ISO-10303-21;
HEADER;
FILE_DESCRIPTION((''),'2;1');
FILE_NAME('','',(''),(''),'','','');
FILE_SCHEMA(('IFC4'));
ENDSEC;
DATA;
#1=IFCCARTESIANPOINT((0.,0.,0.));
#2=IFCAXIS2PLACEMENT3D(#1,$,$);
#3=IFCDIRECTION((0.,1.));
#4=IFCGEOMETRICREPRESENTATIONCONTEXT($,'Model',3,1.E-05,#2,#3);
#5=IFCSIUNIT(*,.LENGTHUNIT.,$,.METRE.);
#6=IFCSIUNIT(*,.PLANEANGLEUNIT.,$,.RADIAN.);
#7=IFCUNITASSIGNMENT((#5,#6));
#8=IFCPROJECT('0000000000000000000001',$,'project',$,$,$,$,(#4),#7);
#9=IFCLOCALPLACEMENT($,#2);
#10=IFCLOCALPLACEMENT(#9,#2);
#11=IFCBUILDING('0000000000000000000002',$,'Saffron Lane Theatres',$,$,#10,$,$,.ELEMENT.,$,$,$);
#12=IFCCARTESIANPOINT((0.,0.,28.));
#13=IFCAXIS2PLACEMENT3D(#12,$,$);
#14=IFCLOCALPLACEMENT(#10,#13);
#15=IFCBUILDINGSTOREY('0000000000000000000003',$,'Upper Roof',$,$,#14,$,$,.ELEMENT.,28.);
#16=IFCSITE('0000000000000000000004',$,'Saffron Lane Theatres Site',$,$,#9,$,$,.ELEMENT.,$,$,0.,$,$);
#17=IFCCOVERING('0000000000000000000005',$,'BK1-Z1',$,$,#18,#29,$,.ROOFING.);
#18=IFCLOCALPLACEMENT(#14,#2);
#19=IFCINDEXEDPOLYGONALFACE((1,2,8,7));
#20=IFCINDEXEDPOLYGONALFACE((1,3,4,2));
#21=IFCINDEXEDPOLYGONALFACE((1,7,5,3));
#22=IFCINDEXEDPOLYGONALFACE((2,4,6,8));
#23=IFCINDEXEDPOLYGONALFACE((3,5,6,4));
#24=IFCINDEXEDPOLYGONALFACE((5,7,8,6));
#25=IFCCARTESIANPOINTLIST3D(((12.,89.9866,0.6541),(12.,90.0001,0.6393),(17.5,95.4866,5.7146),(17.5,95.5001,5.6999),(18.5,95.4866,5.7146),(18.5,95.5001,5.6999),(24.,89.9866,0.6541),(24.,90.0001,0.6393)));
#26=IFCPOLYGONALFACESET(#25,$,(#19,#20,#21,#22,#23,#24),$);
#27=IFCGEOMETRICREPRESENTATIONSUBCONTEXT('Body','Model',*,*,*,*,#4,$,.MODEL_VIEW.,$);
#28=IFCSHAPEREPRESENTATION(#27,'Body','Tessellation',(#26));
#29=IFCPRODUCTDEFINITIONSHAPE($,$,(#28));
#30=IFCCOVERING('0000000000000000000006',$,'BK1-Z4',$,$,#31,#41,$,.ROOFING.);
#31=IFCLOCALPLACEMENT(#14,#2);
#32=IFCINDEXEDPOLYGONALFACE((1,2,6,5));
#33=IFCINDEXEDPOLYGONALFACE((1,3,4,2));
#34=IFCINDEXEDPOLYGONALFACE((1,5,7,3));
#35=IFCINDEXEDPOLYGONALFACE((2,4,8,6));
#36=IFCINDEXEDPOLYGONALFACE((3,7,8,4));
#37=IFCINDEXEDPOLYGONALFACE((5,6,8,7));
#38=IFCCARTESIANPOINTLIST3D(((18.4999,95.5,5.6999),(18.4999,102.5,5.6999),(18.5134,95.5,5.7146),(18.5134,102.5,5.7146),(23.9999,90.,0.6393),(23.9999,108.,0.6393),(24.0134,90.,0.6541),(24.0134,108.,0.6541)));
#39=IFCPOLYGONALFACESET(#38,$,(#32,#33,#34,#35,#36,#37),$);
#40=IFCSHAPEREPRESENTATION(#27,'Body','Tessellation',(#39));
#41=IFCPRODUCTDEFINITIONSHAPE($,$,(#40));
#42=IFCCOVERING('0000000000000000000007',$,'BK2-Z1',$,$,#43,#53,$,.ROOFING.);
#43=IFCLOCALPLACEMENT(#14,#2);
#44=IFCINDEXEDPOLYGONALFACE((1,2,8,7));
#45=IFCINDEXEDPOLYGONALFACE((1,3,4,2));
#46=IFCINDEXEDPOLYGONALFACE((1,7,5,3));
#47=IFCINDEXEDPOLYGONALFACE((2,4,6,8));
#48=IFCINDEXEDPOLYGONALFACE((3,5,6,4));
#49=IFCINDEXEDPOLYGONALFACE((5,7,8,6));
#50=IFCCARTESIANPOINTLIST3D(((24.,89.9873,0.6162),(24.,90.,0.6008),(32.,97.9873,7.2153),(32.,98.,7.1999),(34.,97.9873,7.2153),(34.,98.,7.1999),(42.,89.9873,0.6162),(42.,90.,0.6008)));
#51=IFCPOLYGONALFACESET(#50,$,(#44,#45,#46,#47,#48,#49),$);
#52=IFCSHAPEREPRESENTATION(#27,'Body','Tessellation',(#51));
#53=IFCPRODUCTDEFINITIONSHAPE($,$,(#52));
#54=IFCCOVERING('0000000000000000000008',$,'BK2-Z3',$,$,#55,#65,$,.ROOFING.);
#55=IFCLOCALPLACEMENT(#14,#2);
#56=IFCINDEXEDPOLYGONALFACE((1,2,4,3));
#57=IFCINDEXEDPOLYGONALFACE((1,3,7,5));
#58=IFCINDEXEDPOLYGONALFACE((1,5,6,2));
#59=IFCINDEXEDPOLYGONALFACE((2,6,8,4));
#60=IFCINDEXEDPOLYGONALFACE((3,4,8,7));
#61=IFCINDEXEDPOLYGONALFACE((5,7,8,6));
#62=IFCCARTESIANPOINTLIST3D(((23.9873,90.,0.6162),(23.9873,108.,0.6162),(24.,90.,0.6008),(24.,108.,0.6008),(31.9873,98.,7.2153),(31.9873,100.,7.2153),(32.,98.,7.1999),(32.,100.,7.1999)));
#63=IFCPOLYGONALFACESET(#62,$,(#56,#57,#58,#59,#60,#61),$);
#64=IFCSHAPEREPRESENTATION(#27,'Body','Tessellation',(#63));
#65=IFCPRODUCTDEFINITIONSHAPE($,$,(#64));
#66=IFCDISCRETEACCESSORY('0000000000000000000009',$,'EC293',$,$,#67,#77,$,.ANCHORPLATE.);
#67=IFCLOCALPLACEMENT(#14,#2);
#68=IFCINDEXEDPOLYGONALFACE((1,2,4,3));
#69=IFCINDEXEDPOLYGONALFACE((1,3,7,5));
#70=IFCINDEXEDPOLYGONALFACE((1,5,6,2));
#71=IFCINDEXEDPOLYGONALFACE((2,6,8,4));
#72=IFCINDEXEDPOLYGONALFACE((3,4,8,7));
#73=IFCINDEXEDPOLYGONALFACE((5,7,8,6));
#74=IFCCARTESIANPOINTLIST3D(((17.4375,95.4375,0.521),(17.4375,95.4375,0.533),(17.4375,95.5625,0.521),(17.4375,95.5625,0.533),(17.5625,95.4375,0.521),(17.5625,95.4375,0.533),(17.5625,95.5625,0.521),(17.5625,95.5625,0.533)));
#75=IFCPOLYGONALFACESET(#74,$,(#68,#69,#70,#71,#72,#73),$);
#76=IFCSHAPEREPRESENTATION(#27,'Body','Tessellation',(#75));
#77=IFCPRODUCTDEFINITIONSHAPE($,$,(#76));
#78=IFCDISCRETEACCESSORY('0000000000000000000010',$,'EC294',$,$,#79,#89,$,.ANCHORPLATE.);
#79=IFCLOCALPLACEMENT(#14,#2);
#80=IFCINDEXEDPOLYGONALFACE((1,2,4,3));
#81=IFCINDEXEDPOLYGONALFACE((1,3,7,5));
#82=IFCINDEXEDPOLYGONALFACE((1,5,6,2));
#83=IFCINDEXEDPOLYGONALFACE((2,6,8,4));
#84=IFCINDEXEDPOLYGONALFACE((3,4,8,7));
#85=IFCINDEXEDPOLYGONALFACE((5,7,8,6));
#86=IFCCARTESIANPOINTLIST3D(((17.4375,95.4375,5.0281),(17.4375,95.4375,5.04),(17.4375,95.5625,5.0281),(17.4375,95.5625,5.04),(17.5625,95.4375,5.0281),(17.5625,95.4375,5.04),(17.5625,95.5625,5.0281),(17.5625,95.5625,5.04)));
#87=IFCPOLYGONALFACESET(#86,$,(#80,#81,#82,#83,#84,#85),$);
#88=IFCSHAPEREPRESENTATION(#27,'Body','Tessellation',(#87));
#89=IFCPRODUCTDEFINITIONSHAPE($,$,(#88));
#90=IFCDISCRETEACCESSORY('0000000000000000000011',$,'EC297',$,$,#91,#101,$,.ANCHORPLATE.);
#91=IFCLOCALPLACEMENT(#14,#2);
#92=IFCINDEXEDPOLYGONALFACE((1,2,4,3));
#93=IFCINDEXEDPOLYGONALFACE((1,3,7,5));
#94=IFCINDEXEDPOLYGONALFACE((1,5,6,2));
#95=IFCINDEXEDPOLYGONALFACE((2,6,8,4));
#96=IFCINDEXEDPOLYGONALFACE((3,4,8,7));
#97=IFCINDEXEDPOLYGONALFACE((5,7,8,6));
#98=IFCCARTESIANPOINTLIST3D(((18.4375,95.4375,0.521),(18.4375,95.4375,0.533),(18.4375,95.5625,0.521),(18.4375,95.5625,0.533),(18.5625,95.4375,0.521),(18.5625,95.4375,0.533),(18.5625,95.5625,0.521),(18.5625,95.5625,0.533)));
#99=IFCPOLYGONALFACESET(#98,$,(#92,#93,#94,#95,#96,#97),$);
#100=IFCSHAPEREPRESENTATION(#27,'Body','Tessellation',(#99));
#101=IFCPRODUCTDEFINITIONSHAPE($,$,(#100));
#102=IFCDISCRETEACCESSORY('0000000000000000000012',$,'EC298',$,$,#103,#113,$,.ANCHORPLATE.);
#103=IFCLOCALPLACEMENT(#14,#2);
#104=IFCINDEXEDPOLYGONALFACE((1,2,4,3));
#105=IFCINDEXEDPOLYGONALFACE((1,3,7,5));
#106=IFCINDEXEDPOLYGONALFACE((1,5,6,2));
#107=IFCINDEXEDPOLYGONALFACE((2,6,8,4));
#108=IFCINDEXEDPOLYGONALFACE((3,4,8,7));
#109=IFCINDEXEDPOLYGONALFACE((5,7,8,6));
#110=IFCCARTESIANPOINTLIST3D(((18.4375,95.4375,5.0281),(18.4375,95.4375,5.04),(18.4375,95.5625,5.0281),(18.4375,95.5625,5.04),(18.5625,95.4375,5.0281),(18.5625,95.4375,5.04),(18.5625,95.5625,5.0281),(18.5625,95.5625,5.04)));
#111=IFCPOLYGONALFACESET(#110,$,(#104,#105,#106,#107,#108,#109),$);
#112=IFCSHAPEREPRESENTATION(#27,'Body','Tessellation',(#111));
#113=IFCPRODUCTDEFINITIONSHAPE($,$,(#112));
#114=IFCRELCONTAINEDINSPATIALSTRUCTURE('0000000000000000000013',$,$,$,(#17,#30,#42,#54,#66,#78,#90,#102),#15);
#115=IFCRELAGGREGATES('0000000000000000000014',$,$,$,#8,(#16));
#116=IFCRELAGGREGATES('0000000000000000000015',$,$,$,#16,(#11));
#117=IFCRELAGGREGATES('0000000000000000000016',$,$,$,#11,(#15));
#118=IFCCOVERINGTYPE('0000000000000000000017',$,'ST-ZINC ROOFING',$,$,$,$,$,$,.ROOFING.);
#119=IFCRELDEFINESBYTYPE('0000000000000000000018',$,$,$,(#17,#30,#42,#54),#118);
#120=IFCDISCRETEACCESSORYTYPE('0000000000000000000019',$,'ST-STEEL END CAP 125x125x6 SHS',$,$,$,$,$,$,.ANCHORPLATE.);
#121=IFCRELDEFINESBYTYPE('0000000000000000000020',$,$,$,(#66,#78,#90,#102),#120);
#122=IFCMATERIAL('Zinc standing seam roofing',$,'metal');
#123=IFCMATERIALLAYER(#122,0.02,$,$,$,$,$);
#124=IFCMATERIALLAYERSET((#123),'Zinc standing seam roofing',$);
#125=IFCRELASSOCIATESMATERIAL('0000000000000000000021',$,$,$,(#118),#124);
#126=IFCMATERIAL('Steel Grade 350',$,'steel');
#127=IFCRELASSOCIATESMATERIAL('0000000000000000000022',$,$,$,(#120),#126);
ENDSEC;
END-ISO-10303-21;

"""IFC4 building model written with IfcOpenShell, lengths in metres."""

from ifc_helpers import new_model, si_unit, direction, frame, origin, origin_2d, place, context, subcontext, project, spatial, polyline, rectangle, outline, extrude, material, layer, layer_set, material_profile, profile_set, type_object, element, save


model = new_model("IFC4")

# Units and contexts
model_context = context("Model", 3, precision=1e-05, world=origin(), true_north=direction((0.0, 1.0)))
body_context = subcontext(model_context, "Body", "Model", "MODEL_VIEW")
ifc_project = project(units=[si_unit("LENGTHUNIT", "METRE"), si_unit("PLANEANGLEUNIT", "RADIAN")], contexts=[model_context])

# Site, building, storey
site_placement = place(None, origin())
site = spatial("IfcSite", under=ifc_project, at=site_placement, Name="Saffron Lane Theatres Site", CompositionType="ELEMENT", RefElevation=0.0)
building_placement = place(site_placement, origin())
building = spatial("IfcBuilding", under=site, at=building_placement, Name="Saffron Lane Theatres", CompositionType="ELEMENT")
storey_placement = place(building_placement, frame((0.0, 0.0, 28.0)))
storey = spatial("IfcBuildingStorey", under=building, at=storey_placement, Name="Upper Roof", CompositionType="ELEMENT", Elevation=28.0)

# Coverings
ifc_material_1 = material(Name="Zinc standing seam roofing", Category="metal")
ifc_layer_1 = layer(ifc_material_1, 0.02)
ifc_layer_set_1 = layer_set([ifc_layer_1], Name="Zinc standing seam roofing")
covering_type = type_object("IfcCoveringType", Name="ST-ZINC ROOFING", PredefinedType="ROOFING", material=ifc_layer_set_1)
covering_1_placement = place(storey_placement, frame((12.0, 89.9866, 0.6541), z_axis=(0.0, -0.677096, 0.735895), x_axis=(1.0, 0.0, 0.0)))
element("IfcCovering", 1, at=covering_1_placement, inside=storey, type_object=covering_type, Name="BK1-Z1", PredefinedType="ROOFING", context=body_context, shape_type="SweptSolid", body=[
    extrude(outline(polyline([(0.0, 0.0), (12.0, 0.0), (6.5, 7.4739), (5.5, 7.4739), (0.0, 0.0)])), origin(), (0.0, 0.0, -1.0), 0.02),
])
covering_2_placement = place(storey_placement, frame((24.0134, 90.0, 0.6541), z_axis=(0.677096, 0.0, 0.735895), x_axis=(0.0, 1.0, 0.0)))
element("IfcCovering", 2, at=covering_2_placement, inside=storey, type_object=covering_type, Name="BK1-Z4", PredefinedType="ROOFING", context=body_context, shape_type="SweptSolid", body=[
    extrude(outline(polyline([(0.0, 0.0), (18.0, 0.0), (12.5, 7.4739), (5.5, 7.4739), (0.0, 0.0)])), origin(), (0.0, 0.0, -1.0), 0.02),
])
covering_3_placement = place(storey_placement, frame((24.0, 89.9873, 0.6162), z_axis=(0.0, -0.636333, 0.771415), x_axis=(1.0, 0.0, 0.0)))
element("IfcCovering", 3, at=covering_3_placement, inside=storey, type_object=covering_type, Name="BK2-Z1", PredefinedType="ROOFING", context=body_context, shape_type="SweptSolid", body=[
    extrude(outline(polyline([(0.0, 0.0), (18.0, 0.0), (10.0, 10.3706), (8.0, 10.3706), (0.0, 0.0)])), origin(), (0.0, 0.0, -1.0), 0.02),
])
covering_4_placement = place(storey_placement, frame((23.9873, 90.0, 0.6162), z_axis=(-0.636333, 0.0, 0.771415), x_axis=(0.0, 1.0, 0.0)))
element("IfcCovering", 4, at=covering_4_placement, inside=storey, type_object=covering_type, Name="BK2-Z3", PredefinedType="ROOFING", context=body_context, shape_type="SweptSolid", body=[
    extrude(outline(polyline([(0.0, 0.0), (18.0, 0.0), (10.0, -10.3706), (8.0, -10.3706), (0.0, 0.0)])), origin(), (0.0, 0.0, -1.0), 0.02),
])

# Discrete accessories
ifc_material_2 = material(Name="Steel Grade 350", Category="steel")
ifc_material_profile_1 = material_profile(ifc_material_2, rectangle(XDim=0.125, YDim=0.125, at=origin_2d()))
ifc_profile_set_1 = profile_set([ifc_material_profile_1], Name="Steel Grade 350")
discrete_accessory_type = type_object("IfcDiscreteAccessoryType", Name="ST-STEEL END CAP 125x125x6 SHS", PredefinedType="ANCHORPLATE", material=ifc_profile_set_1)
for number, where, z_axis, x_axis, name in (
    (5, (17.5, 95.5, 0.521), (0.0, 0.0, 1.0), (1.0, 0.0, 0.0), "EC293"),
    (6, (17.5, 95.5, 5.0281), (0.0, 0.0, 1.0), (1.0, 0.0, 0.0), "EC294"),
    (7, (18.5, 95.5, 0.521), (0.0, 0.0, 1.0), (1.0, 0.0, 0.0), "EC297"),
    (8, (18.5, 95.5, 5.0281), (0.0, 0.0, 1.0), (1.0, 0.0, 0.0), "EC298"),
):
    element("IfcDiscreteAccessory", number, at=place(storey_placement, frame(where, z_axis=z_axis, x_axis=x_axis)), inside=storey, type_object=discrete_accessory_type, Name=name, PredefinedType="ANCHORPLATE", context=body_context, shape_type="SweptSolid", body=[
        extrude(rectangle(XDim=0.125, YDim=0.125, at=origin_2d()), origin(), (0.0, 0.0, 1.0), 0.012),
    ])

save(model, "model.ifc")
